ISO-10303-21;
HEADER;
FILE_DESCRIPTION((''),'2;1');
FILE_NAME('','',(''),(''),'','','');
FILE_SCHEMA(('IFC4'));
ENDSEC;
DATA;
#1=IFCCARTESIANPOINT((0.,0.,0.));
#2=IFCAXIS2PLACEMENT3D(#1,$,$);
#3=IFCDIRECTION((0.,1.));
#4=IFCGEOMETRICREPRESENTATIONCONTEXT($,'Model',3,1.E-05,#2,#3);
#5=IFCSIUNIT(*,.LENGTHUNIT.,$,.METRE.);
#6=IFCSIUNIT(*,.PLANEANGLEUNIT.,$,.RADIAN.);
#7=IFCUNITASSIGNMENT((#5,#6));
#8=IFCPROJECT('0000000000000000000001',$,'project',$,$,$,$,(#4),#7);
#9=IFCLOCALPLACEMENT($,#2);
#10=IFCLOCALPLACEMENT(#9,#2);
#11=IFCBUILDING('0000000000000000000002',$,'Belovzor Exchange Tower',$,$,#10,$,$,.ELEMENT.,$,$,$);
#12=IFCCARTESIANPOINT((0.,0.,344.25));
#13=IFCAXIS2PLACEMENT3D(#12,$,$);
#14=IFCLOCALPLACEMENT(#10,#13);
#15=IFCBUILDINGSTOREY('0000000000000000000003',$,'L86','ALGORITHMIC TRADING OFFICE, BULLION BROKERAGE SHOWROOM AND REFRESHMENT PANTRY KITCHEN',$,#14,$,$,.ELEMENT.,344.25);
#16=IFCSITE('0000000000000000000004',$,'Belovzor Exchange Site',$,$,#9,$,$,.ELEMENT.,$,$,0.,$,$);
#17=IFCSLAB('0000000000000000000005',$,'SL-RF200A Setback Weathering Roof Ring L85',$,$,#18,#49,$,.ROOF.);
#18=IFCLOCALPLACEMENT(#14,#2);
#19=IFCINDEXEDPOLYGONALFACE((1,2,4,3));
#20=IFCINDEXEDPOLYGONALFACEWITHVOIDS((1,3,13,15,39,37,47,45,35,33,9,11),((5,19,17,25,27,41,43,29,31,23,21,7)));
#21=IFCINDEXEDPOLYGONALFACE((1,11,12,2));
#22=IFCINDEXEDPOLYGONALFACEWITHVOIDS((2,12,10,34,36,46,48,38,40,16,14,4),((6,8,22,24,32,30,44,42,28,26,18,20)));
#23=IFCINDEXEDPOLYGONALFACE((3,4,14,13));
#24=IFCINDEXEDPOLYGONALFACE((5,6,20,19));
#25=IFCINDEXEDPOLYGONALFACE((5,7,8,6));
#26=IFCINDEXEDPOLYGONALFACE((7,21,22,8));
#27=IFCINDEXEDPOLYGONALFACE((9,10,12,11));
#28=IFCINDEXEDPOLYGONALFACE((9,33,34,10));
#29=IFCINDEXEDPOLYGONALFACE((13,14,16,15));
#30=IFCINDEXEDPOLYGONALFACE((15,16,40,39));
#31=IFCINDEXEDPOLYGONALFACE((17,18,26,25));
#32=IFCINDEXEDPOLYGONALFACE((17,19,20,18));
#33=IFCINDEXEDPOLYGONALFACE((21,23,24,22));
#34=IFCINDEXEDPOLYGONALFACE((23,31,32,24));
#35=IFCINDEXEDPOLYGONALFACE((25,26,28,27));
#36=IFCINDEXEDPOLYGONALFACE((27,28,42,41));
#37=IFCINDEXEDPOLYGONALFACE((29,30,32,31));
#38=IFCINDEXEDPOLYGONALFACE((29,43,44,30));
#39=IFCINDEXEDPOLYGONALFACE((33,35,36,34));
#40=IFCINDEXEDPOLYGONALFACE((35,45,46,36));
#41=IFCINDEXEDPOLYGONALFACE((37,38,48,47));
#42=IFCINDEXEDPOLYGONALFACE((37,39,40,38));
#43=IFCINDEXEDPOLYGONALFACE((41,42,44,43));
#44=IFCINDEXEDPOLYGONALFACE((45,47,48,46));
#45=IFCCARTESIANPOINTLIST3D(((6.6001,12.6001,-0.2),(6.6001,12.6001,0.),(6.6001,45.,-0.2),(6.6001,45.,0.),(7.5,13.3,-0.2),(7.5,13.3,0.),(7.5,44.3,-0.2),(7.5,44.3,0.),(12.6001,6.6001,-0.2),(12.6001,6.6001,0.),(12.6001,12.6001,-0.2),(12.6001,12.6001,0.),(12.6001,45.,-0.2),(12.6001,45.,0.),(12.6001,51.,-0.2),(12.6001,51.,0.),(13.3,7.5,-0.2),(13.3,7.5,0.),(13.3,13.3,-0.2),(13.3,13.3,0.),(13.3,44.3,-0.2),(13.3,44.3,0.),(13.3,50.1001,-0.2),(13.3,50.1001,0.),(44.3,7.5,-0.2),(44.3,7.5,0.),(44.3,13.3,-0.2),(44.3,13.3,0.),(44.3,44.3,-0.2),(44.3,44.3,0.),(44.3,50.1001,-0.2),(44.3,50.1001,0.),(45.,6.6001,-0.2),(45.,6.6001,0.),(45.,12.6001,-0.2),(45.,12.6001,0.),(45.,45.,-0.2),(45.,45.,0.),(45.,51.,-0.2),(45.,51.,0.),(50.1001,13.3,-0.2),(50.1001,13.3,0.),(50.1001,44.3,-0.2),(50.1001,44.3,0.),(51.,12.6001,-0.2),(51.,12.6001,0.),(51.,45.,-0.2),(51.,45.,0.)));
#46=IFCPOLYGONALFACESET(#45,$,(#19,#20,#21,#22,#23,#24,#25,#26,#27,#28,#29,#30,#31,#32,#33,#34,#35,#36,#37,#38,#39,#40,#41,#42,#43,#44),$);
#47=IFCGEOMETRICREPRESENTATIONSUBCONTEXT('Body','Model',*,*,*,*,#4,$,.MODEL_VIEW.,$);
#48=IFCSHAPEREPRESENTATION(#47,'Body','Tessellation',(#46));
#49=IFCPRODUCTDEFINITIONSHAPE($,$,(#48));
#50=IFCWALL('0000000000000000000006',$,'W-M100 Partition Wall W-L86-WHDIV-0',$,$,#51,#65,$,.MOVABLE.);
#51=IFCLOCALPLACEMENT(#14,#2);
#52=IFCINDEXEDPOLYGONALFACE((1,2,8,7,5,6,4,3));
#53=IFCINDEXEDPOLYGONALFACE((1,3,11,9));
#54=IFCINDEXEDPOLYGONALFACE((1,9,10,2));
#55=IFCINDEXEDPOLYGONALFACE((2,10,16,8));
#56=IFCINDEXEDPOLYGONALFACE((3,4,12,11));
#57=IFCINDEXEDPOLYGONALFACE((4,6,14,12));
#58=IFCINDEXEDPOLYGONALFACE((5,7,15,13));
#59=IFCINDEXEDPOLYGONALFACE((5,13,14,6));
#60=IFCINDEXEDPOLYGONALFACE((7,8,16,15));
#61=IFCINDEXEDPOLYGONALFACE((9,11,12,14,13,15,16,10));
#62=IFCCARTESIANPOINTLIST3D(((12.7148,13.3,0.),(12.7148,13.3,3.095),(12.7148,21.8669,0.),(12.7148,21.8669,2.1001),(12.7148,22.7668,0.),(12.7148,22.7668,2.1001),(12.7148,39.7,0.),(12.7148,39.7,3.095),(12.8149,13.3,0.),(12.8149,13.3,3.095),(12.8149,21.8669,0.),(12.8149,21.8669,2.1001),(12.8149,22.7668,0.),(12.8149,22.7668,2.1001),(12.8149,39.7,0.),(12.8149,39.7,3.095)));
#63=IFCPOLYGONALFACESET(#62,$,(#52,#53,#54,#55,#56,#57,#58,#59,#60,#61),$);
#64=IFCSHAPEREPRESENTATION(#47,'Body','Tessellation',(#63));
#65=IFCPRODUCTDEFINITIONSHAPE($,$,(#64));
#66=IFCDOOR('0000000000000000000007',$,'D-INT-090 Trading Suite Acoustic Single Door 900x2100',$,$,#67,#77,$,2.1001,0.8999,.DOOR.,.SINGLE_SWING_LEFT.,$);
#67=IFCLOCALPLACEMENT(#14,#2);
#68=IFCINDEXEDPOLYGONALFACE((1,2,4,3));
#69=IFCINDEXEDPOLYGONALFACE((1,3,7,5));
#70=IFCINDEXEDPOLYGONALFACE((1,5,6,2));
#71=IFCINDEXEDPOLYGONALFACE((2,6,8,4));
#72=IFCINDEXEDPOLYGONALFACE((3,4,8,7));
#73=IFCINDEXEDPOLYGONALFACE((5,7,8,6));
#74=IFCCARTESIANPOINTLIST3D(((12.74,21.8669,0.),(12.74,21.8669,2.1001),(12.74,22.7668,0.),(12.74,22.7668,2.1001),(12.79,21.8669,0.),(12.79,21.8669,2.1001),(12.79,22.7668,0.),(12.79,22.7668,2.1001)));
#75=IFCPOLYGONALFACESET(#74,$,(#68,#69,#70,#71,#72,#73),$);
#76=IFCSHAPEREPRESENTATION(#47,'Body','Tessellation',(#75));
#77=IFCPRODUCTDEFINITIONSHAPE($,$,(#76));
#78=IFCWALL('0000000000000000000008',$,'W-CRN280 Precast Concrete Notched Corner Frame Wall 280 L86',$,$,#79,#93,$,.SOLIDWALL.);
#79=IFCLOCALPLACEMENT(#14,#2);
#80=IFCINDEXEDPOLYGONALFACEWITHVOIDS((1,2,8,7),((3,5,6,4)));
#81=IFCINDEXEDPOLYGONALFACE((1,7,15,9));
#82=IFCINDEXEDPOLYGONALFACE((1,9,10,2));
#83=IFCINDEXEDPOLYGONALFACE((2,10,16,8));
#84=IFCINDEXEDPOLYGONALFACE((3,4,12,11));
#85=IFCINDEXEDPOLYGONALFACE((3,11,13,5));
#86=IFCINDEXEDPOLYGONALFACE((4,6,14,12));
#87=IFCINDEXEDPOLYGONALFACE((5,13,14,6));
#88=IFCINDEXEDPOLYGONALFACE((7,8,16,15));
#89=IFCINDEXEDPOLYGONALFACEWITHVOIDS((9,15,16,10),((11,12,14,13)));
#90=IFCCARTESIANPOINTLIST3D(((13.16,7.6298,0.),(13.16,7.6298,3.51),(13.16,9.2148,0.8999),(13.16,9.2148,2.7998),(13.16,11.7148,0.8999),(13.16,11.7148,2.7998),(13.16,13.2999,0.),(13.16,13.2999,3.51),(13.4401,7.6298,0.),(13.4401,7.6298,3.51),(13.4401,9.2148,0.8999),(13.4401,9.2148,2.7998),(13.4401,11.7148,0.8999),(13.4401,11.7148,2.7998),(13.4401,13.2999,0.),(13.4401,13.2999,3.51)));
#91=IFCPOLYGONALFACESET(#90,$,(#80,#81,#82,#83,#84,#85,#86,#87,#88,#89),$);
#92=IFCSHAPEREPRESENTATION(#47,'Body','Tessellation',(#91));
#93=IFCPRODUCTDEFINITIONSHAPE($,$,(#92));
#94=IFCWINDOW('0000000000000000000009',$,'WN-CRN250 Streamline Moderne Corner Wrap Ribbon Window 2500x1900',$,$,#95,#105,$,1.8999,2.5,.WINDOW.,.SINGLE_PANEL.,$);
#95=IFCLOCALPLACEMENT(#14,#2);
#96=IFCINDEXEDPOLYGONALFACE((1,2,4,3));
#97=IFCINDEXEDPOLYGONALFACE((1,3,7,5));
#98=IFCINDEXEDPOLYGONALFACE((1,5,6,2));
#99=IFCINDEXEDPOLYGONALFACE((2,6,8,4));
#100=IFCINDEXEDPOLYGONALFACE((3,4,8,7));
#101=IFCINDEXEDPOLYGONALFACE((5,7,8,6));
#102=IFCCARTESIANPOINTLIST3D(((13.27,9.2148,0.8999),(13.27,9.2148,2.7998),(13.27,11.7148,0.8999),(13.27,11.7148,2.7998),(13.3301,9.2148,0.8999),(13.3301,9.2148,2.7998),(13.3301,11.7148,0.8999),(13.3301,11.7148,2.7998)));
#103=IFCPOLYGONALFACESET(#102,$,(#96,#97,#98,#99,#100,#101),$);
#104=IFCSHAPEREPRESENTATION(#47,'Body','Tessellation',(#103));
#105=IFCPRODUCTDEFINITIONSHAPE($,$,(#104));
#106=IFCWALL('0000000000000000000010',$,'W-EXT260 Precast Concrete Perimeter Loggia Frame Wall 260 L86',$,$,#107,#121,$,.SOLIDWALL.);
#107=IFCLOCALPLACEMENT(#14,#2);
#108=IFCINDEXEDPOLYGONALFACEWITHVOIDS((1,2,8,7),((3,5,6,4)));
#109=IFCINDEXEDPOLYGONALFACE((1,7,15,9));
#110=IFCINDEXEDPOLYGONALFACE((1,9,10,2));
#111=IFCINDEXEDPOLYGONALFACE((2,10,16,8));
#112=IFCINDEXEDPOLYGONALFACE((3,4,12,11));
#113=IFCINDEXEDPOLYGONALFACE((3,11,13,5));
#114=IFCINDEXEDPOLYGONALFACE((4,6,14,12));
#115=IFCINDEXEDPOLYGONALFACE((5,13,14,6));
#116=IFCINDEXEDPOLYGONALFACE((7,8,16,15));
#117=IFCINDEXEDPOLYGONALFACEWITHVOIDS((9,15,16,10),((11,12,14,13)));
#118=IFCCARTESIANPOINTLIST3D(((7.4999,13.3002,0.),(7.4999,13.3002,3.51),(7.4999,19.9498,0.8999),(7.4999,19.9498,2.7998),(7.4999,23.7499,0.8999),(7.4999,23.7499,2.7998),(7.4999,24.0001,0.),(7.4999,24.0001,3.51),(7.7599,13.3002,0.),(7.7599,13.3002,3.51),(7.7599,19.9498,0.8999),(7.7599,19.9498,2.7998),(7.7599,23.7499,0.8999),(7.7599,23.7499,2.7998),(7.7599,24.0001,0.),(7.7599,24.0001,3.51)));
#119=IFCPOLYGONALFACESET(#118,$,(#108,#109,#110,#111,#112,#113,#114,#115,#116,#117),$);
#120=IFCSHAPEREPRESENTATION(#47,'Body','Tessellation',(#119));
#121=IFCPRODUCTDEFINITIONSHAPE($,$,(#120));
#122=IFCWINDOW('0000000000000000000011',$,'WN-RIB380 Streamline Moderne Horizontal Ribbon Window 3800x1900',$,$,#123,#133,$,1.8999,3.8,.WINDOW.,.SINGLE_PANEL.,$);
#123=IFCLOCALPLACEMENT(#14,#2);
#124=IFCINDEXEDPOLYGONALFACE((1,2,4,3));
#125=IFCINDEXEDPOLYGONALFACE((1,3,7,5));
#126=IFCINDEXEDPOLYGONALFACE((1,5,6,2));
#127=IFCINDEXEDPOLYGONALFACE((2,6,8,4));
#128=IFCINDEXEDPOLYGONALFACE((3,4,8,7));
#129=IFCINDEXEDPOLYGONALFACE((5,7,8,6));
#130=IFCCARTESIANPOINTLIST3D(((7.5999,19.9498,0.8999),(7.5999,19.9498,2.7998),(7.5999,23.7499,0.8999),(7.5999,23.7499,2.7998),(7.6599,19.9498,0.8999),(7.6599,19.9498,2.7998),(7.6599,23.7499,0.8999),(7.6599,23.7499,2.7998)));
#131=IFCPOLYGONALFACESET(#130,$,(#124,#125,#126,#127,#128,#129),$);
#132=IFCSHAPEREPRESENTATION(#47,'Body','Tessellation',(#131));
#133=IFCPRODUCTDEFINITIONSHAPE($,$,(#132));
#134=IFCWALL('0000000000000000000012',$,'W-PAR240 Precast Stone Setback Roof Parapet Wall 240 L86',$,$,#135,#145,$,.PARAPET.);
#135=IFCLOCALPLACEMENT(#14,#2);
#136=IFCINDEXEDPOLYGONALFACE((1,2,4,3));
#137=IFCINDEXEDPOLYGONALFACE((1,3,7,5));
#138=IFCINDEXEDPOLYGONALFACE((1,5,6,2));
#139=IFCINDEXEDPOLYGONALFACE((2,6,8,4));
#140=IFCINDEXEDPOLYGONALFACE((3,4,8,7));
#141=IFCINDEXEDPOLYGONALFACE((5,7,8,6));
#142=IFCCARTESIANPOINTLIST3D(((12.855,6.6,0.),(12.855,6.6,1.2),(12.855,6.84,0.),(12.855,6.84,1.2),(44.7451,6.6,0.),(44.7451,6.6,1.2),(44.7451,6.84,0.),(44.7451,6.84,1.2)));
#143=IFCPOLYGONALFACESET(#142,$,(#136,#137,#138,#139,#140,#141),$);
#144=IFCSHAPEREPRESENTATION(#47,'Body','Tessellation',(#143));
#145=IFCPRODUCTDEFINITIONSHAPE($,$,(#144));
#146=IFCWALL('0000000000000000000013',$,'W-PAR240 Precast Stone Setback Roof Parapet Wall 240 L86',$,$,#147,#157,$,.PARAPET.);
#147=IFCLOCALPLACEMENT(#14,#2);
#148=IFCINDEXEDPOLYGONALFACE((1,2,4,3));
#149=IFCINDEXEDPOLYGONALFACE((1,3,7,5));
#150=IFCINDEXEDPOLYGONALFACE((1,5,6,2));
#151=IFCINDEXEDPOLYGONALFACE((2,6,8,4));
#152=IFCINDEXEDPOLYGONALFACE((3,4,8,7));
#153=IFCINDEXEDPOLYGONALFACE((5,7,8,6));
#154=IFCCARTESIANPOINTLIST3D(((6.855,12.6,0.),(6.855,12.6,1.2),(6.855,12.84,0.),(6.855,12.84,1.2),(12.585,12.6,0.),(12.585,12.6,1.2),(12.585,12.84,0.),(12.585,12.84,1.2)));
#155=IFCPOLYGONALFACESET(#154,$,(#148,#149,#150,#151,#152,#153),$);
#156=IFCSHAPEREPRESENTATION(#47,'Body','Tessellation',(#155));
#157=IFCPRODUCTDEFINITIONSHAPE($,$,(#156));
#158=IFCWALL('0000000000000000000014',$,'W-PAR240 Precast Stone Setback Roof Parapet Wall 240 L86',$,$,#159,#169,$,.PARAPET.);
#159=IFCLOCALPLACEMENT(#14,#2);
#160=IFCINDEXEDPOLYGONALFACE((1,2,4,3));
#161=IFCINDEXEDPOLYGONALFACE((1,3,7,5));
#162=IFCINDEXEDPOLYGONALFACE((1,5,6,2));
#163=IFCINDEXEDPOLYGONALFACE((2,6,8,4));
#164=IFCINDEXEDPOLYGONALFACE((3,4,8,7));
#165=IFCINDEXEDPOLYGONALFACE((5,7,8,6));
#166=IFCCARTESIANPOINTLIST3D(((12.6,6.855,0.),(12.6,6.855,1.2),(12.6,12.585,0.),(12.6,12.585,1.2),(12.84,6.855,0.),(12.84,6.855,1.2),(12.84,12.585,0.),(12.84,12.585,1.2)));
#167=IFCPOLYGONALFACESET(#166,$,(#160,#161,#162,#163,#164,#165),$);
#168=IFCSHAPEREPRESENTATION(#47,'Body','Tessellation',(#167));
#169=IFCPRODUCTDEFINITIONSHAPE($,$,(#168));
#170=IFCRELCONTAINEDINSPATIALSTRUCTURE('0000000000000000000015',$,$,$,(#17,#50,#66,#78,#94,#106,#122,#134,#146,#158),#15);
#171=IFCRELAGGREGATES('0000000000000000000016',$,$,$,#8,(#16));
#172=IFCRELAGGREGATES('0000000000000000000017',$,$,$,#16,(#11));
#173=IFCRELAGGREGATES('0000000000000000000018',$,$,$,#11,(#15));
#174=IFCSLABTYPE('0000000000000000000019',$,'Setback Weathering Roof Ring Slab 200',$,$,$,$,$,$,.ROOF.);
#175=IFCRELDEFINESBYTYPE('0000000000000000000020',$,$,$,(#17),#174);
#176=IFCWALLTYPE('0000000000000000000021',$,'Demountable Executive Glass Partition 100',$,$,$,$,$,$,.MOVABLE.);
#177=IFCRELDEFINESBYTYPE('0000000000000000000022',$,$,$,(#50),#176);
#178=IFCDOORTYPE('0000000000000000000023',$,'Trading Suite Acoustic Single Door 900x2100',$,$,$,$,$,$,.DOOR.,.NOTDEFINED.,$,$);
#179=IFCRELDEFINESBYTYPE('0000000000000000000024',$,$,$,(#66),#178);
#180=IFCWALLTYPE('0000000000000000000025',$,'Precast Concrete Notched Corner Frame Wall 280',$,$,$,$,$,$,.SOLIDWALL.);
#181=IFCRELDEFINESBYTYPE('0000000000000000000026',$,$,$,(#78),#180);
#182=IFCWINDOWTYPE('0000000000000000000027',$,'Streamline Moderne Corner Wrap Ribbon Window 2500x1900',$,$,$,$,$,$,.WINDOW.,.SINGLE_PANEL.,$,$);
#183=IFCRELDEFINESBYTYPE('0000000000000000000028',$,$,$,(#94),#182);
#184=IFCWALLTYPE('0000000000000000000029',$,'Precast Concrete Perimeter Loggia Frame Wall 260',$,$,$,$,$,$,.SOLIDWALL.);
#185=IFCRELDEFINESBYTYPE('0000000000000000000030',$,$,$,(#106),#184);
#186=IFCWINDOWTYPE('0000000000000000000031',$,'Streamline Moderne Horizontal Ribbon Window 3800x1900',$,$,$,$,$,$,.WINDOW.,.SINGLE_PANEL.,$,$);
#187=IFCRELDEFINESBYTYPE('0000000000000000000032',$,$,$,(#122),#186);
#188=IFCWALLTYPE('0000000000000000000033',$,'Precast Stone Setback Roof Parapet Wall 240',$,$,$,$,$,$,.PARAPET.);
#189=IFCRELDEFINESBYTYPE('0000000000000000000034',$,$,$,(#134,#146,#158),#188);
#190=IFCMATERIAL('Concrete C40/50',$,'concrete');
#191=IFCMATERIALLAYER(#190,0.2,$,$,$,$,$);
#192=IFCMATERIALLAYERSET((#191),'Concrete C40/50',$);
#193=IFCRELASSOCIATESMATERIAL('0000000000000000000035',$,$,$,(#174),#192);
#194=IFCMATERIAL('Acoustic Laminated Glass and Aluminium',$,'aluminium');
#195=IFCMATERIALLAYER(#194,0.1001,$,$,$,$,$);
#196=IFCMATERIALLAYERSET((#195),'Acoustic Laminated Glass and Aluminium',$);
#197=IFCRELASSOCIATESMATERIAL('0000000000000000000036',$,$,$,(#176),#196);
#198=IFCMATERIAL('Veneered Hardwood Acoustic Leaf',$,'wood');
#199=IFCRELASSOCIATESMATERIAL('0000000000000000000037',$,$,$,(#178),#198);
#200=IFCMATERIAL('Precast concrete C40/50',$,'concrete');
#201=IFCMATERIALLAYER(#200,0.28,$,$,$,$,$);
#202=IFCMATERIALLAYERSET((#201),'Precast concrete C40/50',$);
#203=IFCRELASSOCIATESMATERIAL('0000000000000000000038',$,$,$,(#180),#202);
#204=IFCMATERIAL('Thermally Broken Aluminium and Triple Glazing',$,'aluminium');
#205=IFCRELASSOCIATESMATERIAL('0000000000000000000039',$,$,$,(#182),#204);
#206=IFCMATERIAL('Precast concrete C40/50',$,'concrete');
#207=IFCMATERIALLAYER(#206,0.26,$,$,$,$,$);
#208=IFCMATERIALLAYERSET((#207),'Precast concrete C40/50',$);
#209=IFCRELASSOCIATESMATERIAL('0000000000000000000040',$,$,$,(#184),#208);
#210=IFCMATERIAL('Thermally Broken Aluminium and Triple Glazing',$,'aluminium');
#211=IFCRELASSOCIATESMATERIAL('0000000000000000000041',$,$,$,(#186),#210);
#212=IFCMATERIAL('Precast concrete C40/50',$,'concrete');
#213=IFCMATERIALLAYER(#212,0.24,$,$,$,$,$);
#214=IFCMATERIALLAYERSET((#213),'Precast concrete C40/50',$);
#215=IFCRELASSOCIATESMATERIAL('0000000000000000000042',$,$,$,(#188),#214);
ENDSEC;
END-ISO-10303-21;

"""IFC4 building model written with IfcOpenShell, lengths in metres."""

from ifc_helpers import new_model, si_unit, direction, frame, frame_2d, origin, place, context, subcontext, project, spatial, polyline, rectangle, outline, extrude, material, layer, layer_set, type_object, element, fill, save


model = new_model("IFC4")

# Units and contexts
model_context = context("Model", 3, precision=1e-05, world=origin(), true_north=direction((0.0, 1.0)))
body_context = subcontext(model_context, "Body", "Model", "MODEL_VIEW")
ifc_project = project(units=[si_unit("LENGTHUNIT", "METRE"), si_unit("PLANEANGLEUNIT", "RADIAN")], contexts=[model_context])

# Site, building, storey
site_placement = place(None, origin())
site = spatial("IfcSite", under=ifc_project, at=site_placement, Name="Belovzor Exchange Site", CompositionType="ELEMENT", RefElevation=0.0)
building_placement = place(site_placement, origin())
building = spatial("IfcBuilding", under=site, at=building_placement, Name="Belovzor Exchange Tower", CompositionType="ELEMENT")
storey_placement = place(building_placement, frame((0.0, 0.0, 344.25)))
storey = spatial("IfcBuildingStorey", under=building, at=storey_placement, Name="L86", Description="ALGORITHMIC TRADING OFFICE, BULLION BROKERAGE SHOWROOM AND REFRESHMENT PANTRY KITCHEN", CompositionType="ELEMENT", Elevation=344.25)

# Slab
ifc_material_1 = material(Name="Concrete C40/50", Category="concrete")
ifc_layer_1 = layer(ifc_material_1, 0.2)
ifc_layer_set_1 = layer_set([ifc_layer_1], Name="Concrete C40/50")
slab_type_1 = type_object("IfcSlabType", Name="Setback Weathering Roof Ring Slab 200", PredefinedType="ROOF", material=ifc_layer_set_1)
slab_1_placement = place(storey_placement, frame((0.0, 0.0, -0.2)))
element("IfcSlab", 1, at=slab_1_placement, inside=storey, type_object=slab_type_1, Name="SL-RF200A Setback Weathering Roof Ring L85", PredefinedType="ROOF", context=body_context, shape_type="SweptSolid", body=[
    extrude(outline(polyline([(12.6001, 6.6001), (45.0, 6.6001), (45.0, 12.6001), (51.0, 12.6001), (51.0, 45.0), (45.0, 45.0), (45.0, 51.0), (12.6001, 51.0), (12.6001, 45.0), (6.6001, 45.0), (6.6001, 12.6001), (12.6001, 12.6001), (12.6001, 6.6001)]), holes=[polyline([(13.3, 7.5), (44.3, 7.5), (44.3, 13.3), (50.1001, 13.3), (50.1001, 44.3), (44.3, 44.3), (44.3, 50.1001), (13.3, 50.1001), (13.3, 44.3), (7.5, 44.3), (7.5, 13.3), (13.3, 13.3), (13.3, 7.5)])]), origin(), (0.0, 0.0, 1.0), 0.2),
])

# Wall, opening, door
ifc_material_2 = material(Name="Acoustic Laminated Glass and Aluminium", Category="aluminium")
ifc_layer_2 = layer(ifc_material_2, 0.1001)
ifc_layer_set_2 = layer_set([ifc_layer_2], Name="Acoustic Laminated Glass and Aluminium")
wall_type_1 = type_object("IfcWallType", Name="Demountable Executive Glass Partition 100", PredefinedType="MOVABLE", material=ifc_layer_set_2)
wall_1_placement = place(storey_placement, frame((12.7649, 13.3, 0.0), z_axis=(0.0, 0.0, 1.0), x_axis=(0.0, 1.0, 0.0)))
wall_1 = element("IfcWall", 2, at=wall_1_placement, inside=storey, type_object=wall_type_1, Name="W-M100 Partition Wall W-L86-WHDIV-0", PredefinedType="MOVABLE", context=body_context, shape_type="SweptSolid", body=[
    extrude(rectangle(XDim=26.3999, YDim=0.1001, at=frame_2d((13.2, 0.0))), origin(), (0.0, 0.0, 1.0), 3.095),
])
opening_1_placement = place(wall_1_placement, frame((8.5669, 0.0, 0.0)))
opening_1 = element("IfcOpeningElement", 3, at=opening_1_placement, cuts=wall_1, PredefinedType="OPENING", context=body_context, shape_type="SweptSolid", body=[
    extrude(rectangle(XDim=0.8999, YDim=2.1001, at=frame_2d((0.45, 1.05))), frame((0.0, 0.0601, 0.0), z_axis=(0.0, -1.0, 0.0), x_axis=(1.0, 0.0, 0.0)), (0.0, 0.0, 1.0), 0.1201),
])
ifc_material_3 = material(Name="Veneered Hardwood Acoustic Leaf", Category="wood")
door_type = type_object("IfcDoorType", Name="Trading Suite Acoustic Single Door 900x2100", OperationType="NOTDEFINED", PredefinedType="DOOR", material=ifc_material_3)
door_placement = place(opening_1_placement, origin())
door = element("IfcDoor", 4, at=door_placement, inside=storey, type_object=door_type, Name="D-INT-090 Trading Suite Acoustic Single Door 900x2100", OperationType="SINGLE_SWING_LEFT", OverallHeight=2.1001, OverallWidth=0.8999, PredefinedType="DOOR", context=body_context, shape_type="SweptSolid", body=[
    extrude(rectangle(XDim=0.8999, YDim=2.1001, at=frame_2d((0.45, 1.05))), frame((0.0, 0.0249, 0.0), z_axis=(0.0, -1.0, 0.0), x_axis=(1.0, 0.0, 0.0)), (0.0, 0.0, 1.0), 0.05),
])
fill(opening_1, door)

# Walls, openings, windows
ifc_material_4 = material(Name="Precast concrete C40/50", Category="concrete")
ifc_layer_3 = layer(ifc_material_4, 0.28)
ifc_layer_set_3 = layer_set([ifc_layer_3], Name="Precast concrete C40/50")
wall_type_2 = type_object("IfcWallType", Name="Precast Concrete Notched Corner Frame Wall 280", PredefinedType="SOLIDWALL", material=ifc_layer_set_3)
wall_2_placement = place(storey_placement, frame((13.3, 7.6299, 0.0), z_axis=(0.0, 0.0, 1.0), x_axis=(0.0, 1.0, 0.0)))
wall_2 = element("IfcWall", 5, at=wall_2_placement, inside=storey, type_object=wall_type_2, Name="W-CRN280 Precast Concrete Notched Corner Frame Wall 280 L86", PredefinedType="SOLIDWALL", context=body_context, shape_type="SweptSolid", body=[
    extrude(rectangle(XDim=5.6702, YDim=0.28, at=frame_2d((2.835, 0.0))), origin(), (0.0, 0.0, 1.0), 3.51),
])
opening_2_placement = place(wall_2_placement, frame((1.585, 0.0, 0.8999)))
opening_2 = element("IfcOpeningElement", 6, at=opening_2_placement, cuts=wall_2, PredefinedType="OPENING", context=body_context, shape_type="SweptSolid", body=[
    extrude(rectangle(XDim=2.5, YDim=1.8999, at=frame_2d((1.25, 0.95))), frame((0.0, 0.1499, 0.0), z_axis=(0.0, -1.0, 0.0), x_axis=(1.0, 0.0, 0.0)), (0.0, 0.0, 1.0), 0.3),
])
ifc_material_5 = material(Name="Thermally Broken Aluminium and Triple Glazing", Category="aluminium")
window_type_1 = type_object("IfcWindowType", Name="Streamline Moderne Corner Wrap Ribbon Window 2500x1900", PartitioningType="SINGLE_PANEL", PredefinedType="WINDOW", material=ifc_material_5)
window_1_placement = place(opening_2_placement, origin())
window_1 = element("IfcWindow", 7, at=window_1_placement, inside=storey, type_object=window_type_1, Name="WN-CRN250 Streamline Moderne Corner Wrap Ribbon Window 2500x1900", OverallHeight=1.8999, OverallWidth=2.5, PartitioningType="SINGLE_PANEL", PredefinedType="WINDOW", context=body_context, shape_type="SweptSolid", body=[
    extrude(rectangle(XDim=2.5, YDim=1.8999, at=frame_2d((1.25, 0.95))), frame((0.0, 0.03, 0.0), z_axis=(0.0, -1.0, 0.0), x_axis=(1.0, 0.0, 0.0)), (0.0, 0.0, 1.0), 0.0601),
])
fill(opening_2, window_1)
ifc_material_6 = material(Name="Precast concrete C40/50", Category="concrete")
ifc_layer_4 = layer(ifc_material_6, 0.26)
ifc_layer_set_4 = layer_set([ifc_layer_4], Name="Precast concrete C40/50")
wall_type_3 = type_object("IfcWallType", Name="Precast Concrete Perimeter Loggia Frame Wall 260", PredefinedType="SOLIDWALL", material=ifc_layer_set_4)
wall_3_placement = place(storey_placement, frame((7.6299, 13.3, 0.0), z_axis=(0.0, 0.0, 1.0), x_axis=(0.0, 1.0, 0.0)))
wall_3 = element("IfcWall", 8, at=wall_3_placement, inside=storey, type_object=wall_type_3, Name="W-EXT260 Precast Concrete Perimeter Loggia Frame Wall 260 L86", PredefinedType="SOLIDWALL", context=body_context, shape_type="SweptSolid", body=[
    extrude(rectangle(XDim=10.7, YDim=0.26, at=frame_2d((5.3501, 0.0))), origin(), (0.0, 0.0, 1.0), 3.51),
])
opening_3_placement = place(wall_3_placement, frame((6.6499, 0.0, 0.8999)))
opening_3 = element("IfcOpeningElement", 9, at=opening_3_placement, cuts=wall_3, PredefinedType="OPENING", context=body_context, shape_type="SweptSolid", body=[
    extrude(rectangle(XDim=3.8, YDim=1.8999, at=frame_2d((1.8999, 0.95))), frame((0.0, 0.1399, 0.0), z_axis=(0.0, -1.0, 0.0), x_axis=(1.0, 0.0, 0.0)), (0.0, 0.0, 1.0), 0.28),
])
ifc_material_7 = material(Name="Thermally Broken Aluminium and Triple Glazing", Category="aluminium")
window_type_2 = type_object("IfcWindowType", Name="Streamline Moderne Horizontal Ribbon Window 3800x1900", PartitioningType="SINGLE_PANEL", PredefinedType="WINDOW", material=ifc_material_7)
window_2_placement = place(opening_3_placement, origin())
window_2 = element("IfcWindow", 10, at=window_2_placement, inside=storey, type_object=window_type_2, Name="WN-RIB380 Streamline Moderne Horizontal Ribbon Window 3800x1900", OverallHeight=1.8999, OverallWidth=3.8, PartitioningType="SINGLE_PANEL", PredefinedType="WINDOW", context=body_context, shape_type="SweptSolid", body=[
    extrude(rectangle(XDim=3.8, YDim=1.8999, at=frame_2d((1.8999, 0.95))), frame((0.0, 0.03, 0.0), z_axis=(0.0, -1.0, 0.0), x_axis=(1.0, 0.0, 0.0)), (0.0, 0.0, 1.0), 0.0601),
])
fill(opening_3, window_2)

# Walls
ifc_material_8 = material(Name="Precast concrete C40/50", Category="concrete")
ifc_layer_5 = layer(ifc_material_8, 0.24)
ifc_layer_set_5 = layer_set([ifc_layer_5], Name="Precast concrete C40/50")
wall_type_4 = type_object("IfcWallType", Name="Precast Stone Setback Roof Parapet Wall 240", PredefinedType="PARAPET", material=ifc_layer_set_5)
wall_4_placement = place(storey_placement, frame((12.855, 6.72, 0.0), z_axis=(0.0, 0.0, 1.0), x_axis=(1.0, 0.0, 0.0)))
element("IfcWall", 11, at=wall_4_placement, inside=storey, type_object=wall_type_4, Name="W-PAR240 Precast Stone Setback Roof Parapet Wall 240 L86", PredefinedType="PARAPET", context=body_context, shape_type="SweptSolid", body=[
    extrude(rectangle(XDim=31.8901, YDim=0.24, at=frame_2d((15.9451, 0.0))), origin(), (0.0, 0.0, 1.0), 1.2),
])
for number, where, z_axis, x_axis, name in (
    (12, (6.855, 12.72, 0.0), (0.0, 0.0, 1.0), (1.0, 0.0, 0.0), "W-PAR240 Precast Stone Setback Roof Parapet Wall 240 L86"),
    (13, (12.72, 12.585, 0.0), (0.0, 0.0, 1.0), (0.0, -1.0, 0.0), "W-PAR240 Precast Stone Setback Roof Parapet Wall 240 L86"),
):
    element("IfcWall", number, at=place(storey_placement, frame(where, z_axis=z_axis, x_axis=x_axis)), inside=storey, type_object=wall_type_4, Name=name, PredefinedType="PARAPET", context=body_context, shape_type="SweptSolid", body=[
        extrude(rectangle(XDim=5.73, YDim=0.24, at=frame_2d((2.865, 0.0))), origin(), (0.0, 0.0, 1.0), 1.2),
    ])

save(model, "model.ifc")
